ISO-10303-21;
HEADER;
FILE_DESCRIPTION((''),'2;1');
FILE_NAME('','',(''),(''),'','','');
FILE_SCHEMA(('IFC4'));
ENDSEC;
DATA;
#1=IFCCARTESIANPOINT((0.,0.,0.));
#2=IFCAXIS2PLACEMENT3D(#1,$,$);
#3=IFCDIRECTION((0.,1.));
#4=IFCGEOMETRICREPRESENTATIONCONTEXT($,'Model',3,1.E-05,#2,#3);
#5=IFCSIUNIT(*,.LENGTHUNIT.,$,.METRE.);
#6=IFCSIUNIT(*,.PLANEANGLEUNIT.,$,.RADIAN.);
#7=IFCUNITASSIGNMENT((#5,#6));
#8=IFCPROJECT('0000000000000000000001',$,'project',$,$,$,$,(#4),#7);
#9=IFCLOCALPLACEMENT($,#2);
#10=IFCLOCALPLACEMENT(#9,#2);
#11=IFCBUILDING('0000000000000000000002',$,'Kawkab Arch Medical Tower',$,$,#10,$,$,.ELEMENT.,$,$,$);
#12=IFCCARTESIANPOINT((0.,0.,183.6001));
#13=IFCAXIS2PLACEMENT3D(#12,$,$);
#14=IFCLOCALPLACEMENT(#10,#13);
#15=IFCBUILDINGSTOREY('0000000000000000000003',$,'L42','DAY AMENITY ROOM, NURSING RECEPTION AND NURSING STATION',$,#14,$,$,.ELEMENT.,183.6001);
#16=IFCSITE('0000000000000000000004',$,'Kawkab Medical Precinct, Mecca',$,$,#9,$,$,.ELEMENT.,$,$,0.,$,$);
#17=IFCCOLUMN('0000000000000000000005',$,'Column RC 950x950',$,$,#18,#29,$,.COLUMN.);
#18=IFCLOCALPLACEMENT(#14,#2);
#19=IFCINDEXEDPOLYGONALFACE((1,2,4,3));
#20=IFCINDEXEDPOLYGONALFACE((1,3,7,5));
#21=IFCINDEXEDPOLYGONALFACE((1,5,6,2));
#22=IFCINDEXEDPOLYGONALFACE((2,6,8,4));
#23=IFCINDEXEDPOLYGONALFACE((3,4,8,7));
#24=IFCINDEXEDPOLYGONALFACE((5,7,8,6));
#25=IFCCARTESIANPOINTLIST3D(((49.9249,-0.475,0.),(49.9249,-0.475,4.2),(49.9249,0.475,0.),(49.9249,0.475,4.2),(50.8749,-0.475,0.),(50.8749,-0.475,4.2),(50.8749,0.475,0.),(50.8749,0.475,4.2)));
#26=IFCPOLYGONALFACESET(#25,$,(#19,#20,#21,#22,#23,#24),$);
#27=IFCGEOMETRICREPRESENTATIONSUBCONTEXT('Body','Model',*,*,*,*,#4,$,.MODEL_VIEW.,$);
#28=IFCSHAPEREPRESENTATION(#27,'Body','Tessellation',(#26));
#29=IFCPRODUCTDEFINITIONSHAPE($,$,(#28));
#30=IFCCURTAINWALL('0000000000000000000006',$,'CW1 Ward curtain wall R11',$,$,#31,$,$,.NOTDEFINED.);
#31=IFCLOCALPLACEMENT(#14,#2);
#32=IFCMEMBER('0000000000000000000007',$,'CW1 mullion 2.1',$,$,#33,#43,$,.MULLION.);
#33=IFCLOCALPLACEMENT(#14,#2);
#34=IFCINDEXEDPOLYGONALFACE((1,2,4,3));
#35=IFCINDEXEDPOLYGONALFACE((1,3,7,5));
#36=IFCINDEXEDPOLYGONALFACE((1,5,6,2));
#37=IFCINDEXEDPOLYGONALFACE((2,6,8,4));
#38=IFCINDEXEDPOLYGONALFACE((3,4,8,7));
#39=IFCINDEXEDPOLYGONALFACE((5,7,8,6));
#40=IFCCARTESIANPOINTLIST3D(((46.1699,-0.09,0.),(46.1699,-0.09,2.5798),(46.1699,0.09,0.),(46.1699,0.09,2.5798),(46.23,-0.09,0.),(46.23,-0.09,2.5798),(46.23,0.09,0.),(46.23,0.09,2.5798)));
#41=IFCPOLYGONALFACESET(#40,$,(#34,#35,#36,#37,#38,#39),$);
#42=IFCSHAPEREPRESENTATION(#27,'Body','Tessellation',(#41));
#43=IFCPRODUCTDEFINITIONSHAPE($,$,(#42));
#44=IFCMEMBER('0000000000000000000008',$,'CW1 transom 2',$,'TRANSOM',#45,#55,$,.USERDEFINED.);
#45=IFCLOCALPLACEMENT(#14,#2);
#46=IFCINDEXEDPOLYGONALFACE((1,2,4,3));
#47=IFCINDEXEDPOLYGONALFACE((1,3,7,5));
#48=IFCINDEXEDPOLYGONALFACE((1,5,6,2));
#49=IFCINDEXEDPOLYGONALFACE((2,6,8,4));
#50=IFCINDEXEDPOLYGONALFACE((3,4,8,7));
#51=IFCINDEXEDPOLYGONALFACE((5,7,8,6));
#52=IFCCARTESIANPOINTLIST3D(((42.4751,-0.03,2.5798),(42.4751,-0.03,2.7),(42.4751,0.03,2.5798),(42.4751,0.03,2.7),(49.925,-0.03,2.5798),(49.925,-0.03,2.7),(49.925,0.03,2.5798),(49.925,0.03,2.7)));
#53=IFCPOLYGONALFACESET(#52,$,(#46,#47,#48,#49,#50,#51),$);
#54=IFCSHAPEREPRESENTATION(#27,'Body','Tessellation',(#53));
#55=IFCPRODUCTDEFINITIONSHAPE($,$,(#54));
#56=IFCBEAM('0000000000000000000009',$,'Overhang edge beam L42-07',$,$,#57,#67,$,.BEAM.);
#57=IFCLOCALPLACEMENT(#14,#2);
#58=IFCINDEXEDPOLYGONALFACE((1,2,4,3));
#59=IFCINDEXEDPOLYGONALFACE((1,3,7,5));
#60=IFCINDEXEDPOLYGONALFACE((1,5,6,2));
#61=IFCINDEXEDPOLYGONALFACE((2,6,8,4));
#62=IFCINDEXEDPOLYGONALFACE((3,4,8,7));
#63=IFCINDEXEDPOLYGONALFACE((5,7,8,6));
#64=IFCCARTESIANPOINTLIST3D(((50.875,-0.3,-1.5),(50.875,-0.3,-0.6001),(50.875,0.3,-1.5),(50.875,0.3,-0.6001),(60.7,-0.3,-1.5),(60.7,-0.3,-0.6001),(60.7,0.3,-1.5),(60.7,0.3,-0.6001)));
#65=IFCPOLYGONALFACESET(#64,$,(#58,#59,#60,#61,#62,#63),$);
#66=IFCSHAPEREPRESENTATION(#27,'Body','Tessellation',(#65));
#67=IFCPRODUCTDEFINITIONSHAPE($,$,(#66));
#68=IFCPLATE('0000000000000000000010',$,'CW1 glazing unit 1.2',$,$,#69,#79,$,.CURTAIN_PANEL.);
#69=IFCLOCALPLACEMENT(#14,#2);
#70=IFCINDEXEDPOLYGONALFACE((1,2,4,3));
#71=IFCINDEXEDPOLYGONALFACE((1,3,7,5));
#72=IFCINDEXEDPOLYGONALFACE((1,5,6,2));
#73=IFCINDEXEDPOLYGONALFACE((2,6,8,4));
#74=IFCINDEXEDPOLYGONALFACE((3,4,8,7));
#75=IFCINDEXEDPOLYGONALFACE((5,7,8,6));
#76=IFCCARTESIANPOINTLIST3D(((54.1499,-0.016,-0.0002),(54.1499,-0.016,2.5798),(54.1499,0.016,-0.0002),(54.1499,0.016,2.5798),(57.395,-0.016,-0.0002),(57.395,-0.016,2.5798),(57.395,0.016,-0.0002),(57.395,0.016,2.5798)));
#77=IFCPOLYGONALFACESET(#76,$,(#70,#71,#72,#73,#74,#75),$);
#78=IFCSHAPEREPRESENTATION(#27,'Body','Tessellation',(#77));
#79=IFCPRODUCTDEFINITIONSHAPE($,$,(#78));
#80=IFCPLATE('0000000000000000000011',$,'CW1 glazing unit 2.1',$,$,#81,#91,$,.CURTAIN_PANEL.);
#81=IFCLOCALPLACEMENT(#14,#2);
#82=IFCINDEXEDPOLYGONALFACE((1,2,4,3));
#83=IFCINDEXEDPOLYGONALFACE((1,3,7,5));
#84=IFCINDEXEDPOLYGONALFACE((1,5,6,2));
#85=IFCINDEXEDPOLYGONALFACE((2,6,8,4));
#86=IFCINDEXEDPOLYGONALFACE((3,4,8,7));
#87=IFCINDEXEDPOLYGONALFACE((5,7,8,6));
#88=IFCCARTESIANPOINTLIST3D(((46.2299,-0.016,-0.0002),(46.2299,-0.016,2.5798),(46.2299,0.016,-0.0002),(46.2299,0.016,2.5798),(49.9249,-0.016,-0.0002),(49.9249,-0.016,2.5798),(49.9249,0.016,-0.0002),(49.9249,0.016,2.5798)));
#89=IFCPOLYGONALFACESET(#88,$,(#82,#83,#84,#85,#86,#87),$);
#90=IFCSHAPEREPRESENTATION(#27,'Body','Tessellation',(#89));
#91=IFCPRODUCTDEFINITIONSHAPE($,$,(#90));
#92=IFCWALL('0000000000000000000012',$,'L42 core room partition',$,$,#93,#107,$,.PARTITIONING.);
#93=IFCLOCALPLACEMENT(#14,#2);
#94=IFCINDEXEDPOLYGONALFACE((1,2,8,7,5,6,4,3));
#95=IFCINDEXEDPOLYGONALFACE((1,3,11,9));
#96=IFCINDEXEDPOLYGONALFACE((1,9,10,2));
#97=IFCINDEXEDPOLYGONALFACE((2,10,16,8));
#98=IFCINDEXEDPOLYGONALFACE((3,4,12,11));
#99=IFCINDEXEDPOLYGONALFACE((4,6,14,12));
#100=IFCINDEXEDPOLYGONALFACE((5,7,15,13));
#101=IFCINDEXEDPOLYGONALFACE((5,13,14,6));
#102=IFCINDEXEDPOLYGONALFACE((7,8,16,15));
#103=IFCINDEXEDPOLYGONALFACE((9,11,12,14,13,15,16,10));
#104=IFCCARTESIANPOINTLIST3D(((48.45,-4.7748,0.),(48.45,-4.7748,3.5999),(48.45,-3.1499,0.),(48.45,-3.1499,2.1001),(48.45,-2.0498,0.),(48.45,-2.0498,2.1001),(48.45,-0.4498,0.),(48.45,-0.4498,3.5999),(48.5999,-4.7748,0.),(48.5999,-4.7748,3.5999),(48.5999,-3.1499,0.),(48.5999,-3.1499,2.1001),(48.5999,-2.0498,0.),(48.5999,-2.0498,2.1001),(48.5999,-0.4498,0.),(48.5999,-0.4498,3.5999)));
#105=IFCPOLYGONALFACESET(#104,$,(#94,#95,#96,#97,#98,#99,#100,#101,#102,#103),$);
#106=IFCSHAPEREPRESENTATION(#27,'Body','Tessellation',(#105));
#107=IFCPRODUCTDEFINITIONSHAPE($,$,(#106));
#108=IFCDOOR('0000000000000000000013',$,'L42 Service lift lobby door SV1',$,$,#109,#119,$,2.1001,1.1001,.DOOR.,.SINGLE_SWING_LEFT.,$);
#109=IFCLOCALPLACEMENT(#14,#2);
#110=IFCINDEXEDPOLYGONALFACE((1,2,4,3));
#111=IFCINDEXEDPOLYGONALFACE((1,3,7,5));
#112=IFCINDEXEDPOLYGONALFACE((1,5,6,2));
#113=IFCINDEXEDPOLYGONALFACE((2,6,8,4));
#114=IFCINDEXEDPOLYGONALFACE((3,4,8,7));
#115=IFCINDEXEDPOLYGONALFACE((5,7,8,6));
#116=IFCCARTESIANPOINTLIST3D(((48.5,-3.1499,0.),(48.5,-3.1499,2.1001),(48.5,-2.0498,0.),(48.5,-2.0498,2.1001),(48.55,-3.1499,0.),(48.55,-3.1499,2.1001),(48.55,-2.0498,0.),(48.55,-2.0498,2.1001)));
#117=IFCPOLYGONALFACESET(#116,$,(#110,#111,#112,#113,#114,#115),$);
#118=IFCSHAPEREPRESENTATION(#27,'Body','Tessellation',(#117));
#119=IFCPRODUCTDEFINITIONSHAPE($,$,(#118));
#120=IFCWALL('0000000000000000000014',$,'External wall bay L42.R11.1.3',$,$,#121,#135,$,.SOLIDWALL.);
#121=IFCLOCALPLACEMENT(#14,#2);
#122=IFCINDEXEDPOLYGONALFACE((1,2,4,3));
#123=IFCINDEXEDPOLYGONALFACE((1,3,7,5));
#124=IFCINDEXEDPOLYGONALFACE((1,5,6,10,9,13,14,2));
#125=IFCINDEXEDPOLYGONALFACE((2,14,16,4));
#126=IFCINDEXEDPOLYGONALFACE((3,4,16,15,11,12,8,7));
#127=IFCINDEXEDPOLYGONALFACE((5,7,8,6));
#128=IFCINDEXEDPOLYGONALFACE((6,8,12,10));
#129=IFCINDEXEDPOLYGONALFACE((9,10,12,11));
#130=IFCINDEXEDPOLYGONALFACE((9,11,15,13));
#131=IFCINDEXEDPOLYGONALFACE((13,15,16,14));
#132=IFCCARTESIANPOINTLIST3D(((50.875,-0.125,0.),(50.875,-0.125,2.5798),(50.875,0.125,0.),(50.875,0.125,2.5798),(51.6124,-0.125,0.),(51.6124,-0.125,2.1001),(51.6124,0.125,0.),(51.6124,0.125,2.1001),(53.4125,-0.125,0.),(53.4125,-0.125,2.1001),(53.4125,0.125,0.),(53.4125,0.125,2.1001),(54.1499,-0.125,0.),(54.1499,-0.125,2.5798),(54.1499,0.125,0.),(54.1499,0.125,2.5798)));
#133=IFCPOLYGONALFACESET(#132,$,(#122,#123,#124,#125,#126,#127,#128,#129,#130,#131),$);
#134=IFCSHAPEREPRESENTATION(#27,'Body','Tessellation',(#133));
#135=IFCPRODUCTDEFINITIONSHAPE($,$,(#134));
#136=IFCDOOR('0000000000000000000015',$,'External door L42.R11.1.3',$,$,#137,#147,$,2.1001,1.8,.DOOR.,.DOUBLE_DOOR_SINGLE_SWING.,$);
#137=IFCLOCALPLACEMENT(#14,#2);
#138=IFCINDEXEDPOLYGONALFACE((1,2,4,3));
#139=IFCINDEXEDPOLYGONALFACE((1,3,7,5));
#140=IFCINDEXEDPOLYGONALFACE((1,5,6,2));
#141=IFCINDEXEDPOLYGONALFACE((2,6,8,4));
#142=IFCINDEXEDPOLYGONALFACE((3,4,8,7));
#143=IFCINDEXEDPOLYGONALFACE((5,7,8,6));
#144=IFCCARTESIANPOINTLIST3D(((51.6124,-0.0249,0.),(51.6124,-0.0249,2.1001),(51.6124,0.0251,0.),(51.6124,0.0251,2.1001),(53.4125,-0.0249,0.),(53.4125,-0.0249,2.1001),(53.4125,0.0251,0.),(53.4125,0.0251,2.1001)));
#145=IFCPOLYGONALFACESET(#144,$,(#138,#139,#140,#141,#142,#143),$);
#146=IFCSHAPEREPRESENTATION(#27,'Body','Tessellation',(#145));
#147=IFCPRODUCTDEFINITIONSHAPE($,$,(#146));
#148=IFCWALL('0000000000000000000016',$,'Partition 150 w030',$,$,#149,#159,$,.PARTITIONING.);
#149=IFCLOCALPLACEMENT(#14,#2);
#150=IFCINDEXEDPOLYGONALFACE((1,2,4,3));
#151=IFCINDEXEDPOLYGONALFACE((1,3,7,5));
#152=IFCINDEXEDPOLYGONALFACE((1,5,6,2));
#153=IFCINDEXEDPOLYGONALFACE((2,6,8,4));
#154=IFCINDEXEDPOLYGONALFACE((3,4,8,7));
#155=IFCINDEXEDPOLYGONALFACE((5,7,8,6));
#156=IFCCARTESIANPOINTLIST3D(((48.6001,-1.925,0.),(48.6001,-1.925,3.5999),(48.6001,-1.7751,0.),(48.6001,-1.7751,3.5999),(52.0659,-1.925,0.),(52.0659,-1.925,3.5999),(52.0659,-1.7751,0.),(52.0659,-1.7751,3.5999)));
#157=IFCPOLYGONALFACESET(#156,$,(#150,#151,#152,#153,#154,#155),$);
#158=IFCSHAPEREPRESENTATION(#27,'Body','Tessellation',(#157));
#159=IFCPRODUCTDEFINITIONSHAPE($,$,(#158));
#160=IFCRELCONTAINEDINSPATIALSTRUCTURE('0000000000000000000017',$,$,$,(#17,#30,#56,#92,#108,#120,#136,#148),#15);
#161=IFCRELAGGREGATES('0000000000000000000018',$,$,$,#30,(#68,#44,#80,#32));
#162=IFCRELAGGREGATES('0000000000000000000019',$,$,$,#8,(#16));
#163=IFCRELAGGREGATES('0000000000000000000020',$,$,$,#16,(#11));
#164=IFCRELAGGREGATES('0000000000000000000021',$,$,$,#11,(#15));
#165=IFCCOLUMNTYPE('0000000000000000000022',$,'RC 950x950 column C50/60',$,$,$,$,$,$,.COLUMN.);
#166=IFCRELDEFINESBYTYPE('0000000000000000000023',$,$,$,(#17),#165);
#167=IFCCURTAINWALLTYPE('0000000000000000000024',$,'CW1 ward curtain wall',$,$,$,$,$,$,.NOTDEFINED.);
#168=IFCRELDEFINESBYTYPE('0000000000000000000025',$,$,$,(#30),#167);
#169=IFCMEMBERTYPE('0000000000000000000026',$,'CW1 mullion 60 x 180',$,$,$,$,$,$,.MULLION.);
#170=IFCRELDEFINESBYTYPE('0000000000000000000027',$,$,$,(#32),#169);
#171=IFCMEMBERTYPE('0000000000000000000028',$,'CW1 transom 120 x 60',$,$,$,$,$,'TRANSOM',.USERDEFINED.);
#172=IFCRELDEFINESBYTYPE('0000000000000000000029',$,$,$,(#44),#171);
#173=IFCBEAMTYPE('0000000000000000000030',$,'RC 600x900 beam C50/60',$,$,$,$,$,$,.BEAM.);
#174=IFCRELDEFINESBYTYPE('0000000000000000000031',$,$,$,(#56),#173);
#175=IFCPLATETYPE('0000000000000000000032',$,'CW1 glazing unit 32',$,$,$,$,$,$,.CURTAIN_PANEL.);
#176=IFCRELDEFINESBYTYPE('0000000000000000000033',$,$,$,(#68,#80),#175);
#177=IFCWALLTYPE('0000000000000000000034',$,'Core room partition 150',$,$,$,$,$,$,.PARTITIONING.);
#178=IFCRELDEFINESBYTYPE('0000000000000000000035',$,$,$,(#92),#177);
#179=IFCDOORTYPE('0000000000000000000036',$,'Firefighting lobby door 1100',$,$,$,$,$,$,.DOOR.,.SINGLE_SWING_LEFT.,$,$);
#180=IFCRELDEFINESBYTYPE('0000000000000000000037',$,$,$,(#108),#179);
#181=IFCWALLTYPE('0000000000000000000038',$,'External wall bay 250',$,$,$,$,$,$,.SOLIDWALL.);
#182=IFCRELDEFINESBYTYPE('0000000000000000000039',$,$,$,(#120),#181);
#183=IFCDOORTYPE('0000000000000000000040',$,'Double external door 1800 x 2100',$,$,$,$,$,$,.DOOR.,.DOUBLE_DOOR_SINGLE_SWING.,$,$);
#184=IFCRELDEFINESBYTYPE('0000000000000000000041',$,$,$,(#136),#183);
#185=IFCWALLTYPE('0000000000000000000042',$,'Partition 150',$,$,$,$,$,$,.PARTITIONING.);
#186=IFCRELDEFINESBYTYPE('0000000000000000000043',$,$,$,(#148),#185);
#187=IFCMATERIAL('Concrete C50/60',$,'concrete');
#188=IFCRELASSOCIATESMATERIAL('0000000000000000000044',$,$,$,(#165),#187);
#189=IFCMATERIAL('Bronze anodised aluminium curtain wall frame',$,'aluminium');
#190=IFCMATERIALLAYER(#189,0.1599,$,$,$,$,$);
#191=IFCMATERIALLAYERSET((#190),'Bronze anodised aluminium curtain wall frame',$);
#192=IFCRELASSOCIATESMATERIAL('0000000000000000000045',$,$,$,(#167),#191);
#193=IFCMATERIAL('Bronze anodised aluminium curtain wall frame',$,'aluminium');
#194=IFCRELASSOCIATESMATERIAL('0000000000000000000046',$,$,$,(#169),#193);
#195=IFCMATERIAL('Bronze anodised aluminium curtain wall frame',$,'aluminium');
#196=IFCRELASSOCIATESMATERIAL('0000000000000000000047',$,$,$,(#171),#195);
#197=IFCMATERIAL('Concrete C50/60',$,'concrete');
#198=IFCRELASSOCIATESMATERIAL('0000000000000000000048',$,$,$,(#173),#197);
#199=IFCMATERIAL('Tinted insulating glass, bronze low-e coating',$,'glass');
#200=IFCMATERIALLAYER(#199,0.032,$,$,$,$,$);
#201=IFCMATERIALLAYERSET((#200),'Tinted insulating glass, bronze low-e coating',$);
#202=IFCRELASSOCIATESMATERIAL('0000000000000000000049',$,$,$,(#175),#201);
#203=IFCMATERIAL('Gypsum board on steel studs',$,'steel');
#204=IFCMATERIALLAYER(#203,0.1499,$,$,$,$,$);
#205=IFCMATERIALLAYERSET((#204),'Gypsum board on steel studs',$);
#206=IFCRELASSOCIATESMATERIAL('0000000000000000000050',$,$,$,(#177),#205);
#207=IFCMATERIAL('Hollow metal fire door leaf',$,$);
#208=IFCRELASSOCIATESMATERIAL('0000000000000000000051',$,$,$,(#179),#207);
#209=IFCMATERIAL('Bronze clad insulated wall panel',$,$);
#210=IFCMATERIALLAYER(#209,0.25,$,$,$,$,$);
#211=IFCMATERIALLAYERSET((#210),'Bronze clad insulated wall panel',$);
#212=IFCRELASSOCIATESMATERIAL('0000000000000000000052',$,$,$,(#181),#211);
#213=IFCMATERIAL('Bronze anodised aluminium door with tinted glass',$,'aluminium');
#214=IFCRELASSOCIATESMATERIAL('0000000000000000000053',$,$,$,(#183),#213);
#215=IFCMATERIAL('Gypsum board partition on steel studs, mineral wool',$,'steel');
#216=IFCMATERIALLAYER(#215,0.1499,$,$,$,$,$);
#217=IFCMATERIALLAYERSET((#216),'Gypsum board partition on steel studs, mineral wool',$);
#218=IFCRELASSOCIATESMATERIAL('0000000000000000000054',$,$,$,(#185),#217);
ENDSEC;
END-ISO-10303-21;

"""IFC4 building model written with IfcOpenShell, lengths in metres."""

from ifc_helpers import new_model, si_unit, direction, frame, frame_2d, origin, origin_2d, place, context, subcontext, project, spatial, rectangle, extrude, material, layer, layer_set, material_profile, profile_set, type_object, element, fill, aggregate, save


model = new_model("IFC4")

# Units and contexts
model_context = context("Model", 3, precision=1e-05, world=origin(), true_north=direction((0.0, 1.0)))
body_context = subcontext(model_context, "Body", "Model", "MODEL_VIEW")
ifc_project = project(units=[si_unit("LENGTHUNIT", "METRE"), si_unit("PLANEANGLEUNIT", "RADIAN")], contexts=[model_context])

# Site, building, storey
site_placement = place(None, origin())
site = spatial("IfcSite", under=ifc_project, at=site_placement, Name="Kawkab Medical Precinct, Mecca", CompositionType="ELEMENT", RefElevation=0.0)
building_placement = place(site_placement, origin())
building = spatial("IfcBuilding", under=site, at=building_placement, Name="Kawkab Arch Medical Tower", CompositionType="ELEMENT")
storey_placement = place(building_placement, frame((0.0, 0.0, 183.6001)))
storey = spatial("IfcBuildingStorey", under=building, at=storey_placement, Name="L42", Description="DAY AMENITY ROOM, NURSING RECEPTION AND NURSING STATION", CompositionType="ELEMENT", Elevation=183.6001)

# Column
ifc_material_1 = material(Name="Concrete C50/60", Category="concrete")
ifc_material_profile_1 = material_profile(ifc_material_1, rectangle(XDim=0.95, YDim=0.95, at=origin_2d()), Name="RC 950x950")
ifc_profile_set_1 = profile_set([ifc_material_profile_1], Name="Concrete C50/60")
column_type = type_object("IfcColumnType", Name="RC 950x950 column C50/60", PredefinedType="COLUMN", material=ifc_profile_set_1)
column_placement = place(storey_placement, frame((50.3999, 0.0, 0.0), z_axis=(0.0, 0.0, 1.0), x_axis=(1.0, 0.0, 0.0)))
element("IfcColumn", 1, at=column_placement, inside=storey, type_object=column_type, Name="Column RC 950x950", PredefinedType="COLUMN", context=body_context, shape_type="SweptSolid", body=[
    extrude(rectangle(XDim=0.95, YDim=0.95, at=origin_2d()), origin(), (0.0, 0.0, 1.0), 4.2),
])

# Curtain wall, members
ifc_material_2 = material(Name="Bronze anodised aluminium curtain wall frame", Category="aluminium")
ifc_layer_1 = layer(ifc_material_2, 0.1599)
ifc_layer_set_1 = layer_set([ifc_layer_1], Name="Bronze anodised aluminium curtain wall frame")
curtain_wall_type = type_object("IfcCurtainWallType", Name="CW1 ward curtain wall", PredefinedType="NOTDEFINED", material=ifc_layer_set_1)
curtain_wall_placement = place(storey_placement, origin())
curtain_wall = element("IfcCurtainWall", 2, at=curtain_wall_placement, inside=storey, type_object=curtain_wall_type, Name="CW1 Ward curtain wall R11", PredefinedType="NOTDEFINED")
ifc_material_3 = material(Name="Bronze anodised aluminium curtain wall frame", Category="aluminium")
ifc_material_profile_2 = material_profile(ifc_material_3, rectangle(XDim=0.1799, YDim=0.0601, at=origin_2d()), Name="AL 60x180")
ifc_profile_set_2 = profile_set([ifc_material_profile_2], Name="Bronze anodised aluminium curtain wall frame")
member_type_1 = type_object("IfcMemberType", Name="CW1 mullion 60 x 180", PredefinedType="MULLION", material=ifc_profile_set_2)
member_1_placement = place(storey_placement, frame((46.2, 0.0, 0.0), z_axis=(0.0, 0.0, 1.0), x_axis=(0.0, -1.0, 0.0)))
member_1 = element("IfcMember", 3, at=member_1_placement, type_object=member_type_1, Name="CW1 mullion 2.1", PredefinedType="MULLION", context=body_context, shape_type="SweptSolid", body=[
    extrude(rectangle(XDim=0.1799, YDim=0.0601, at=origin_2d()), origin(), (0.0, 0.0, 1.0), 2.5798),
])
ifc_material_4 = material(Name="Bronze anodised aluminium curtain wall frame", Category="aluminium")
ifc_material_profile_3 = material_profile(ifc_material_4, rectangle(XDim=0.0601, YDim=0.1201, at=origin_2d()), Name="AL 60x120")
ifc_profile_set_3 = profile_set([ifc_material_profile_3], Name="Bronze anodised aluminium curtain wall frame")
member_type_2 = type_object("IfcMemberType", Name="CW1 transom 120 x 60", ElementType="TRANSOM", PredefinedType="USERDEFINED", material=ifc_profile_set_3)
member_2_placement = place(storey_placement, frame((49.925, 0.0, 2.6399), z_axis=(-1.0, 0.0, 0.0), x_axis=(0.0, -1.0, 0.0)))
member_2 = element("IfcMember", 4, at=member_2_placement, type_object=member_type_2, Name="CW1 transom 2", ObjectType="TRANSOM", PredefinedType="USERDEFINED", context=body_context, shape_type="SweptSolid", body=[
    extrude(rectangle(XDim=0.0601, YDim=0.1201, at=origin_2d()), origin(), (0.0, 0.0, 1.0), 7.45),
])

# Beam
ifc_material_5 = material(Name="Concrete C50/60", Category="concrete")
ifc_material_profile_4 = material_profile(ifc_material_5, rectangle(XDim=0.6001, YDim=0.8999, at=origin_2d()), Name="RC 600x900")
ifc_profile_set_4 = profile_set([ifc_material_profile_4], Name="Concrete C50/60")
beam_type = type_object("IfcBeamType", Name="RC 600x900 beam C50/60", PredefinedType="BEAM", material=ifc_profile_set_4)
beam_placement = place(storey_placement, frame((50.875, 0.0, -1.05), z_axis=(1.0, 0.0, 0.0), x_axis=(0.0, 1.0, 0.0)))
element("IfcBeam", 5, at=beam_placement, inside=storey, type_object=beam_type, Name="Overhang edge beam L42-07", PredefinedType="BEAM", context=body_context, shape_type="SweptSolid", body=[
    extrude(rectangle(XDim=0.6001, YDim=0.8999, at=origin_2d()), origin(), (0.0, 0.0, 1.0), 9.825),
])

# Plates
ifc_material_6 = material(Name="Tinted insulating glass, bronze low-e coating", Category="glass")
ifc_layer_2 = layer(ifc_material_6, 0.032)
ifc_layer_set_2 = layer_set([ifc_layer_2], Name="Tinted insulating glass, bronze low-e coating")
plate_type = type_object("IfcPlateType", Name="CW1 glazing unit 32", PredefinedType="CURTAIN_PANEL", material=ifc_layer_set_2)
plate_1_placement = place(storey_placement, frame((55.7725, 0.0, -0.0002), z_axis=(0.0, 0.0, 1.0), x_axis=(-1.0, 0.0, 0.0)))
plate_1 = element("IfcPlate", 6, at=plate_1_placement, type_object=plate_type, Name="CW1 glazing unit 1.2", PredefinedType="CURTAIN_PANEL", context=body_context, shape_type="SweptSolid", body=[
    extrude(rectangle(XDim=3.2451, YDim=0.032, at=origin_2d()), origin(), (0.0, 0.0, 1.0), 2.5801),
])
plate_2_placement = place(storey_placement, frame((48.0774, 0.0, -0.0002), z_axis=(0.0, 0.0, 1.0), x_axis=(-1.0, 0.0, 0.0)))
plate_2 = element("IfcPlate", 7, at=plate_2_placement, type_object=plate_type, Name="CW1 glazing unit 2.1", PredefinedType="CURTAIN_PANEL", context=body_context, shape_type="SweptSolid", body=[
    extrude(rectangle(XDim=3.6951, YDim=0.032, at=origin_2d()), origin(), (0.0, 0.0, 1.0), 2.5801),
])
aggregate(curtain_wall, [plate_1, member_2, plate_2, member_1])

# Walls, openings, doors
ifc_material_7 = material(Name="Gypsum board on steel studs", Category="steel")
ifc_layer_3 = layer(ifc_material_7, 0.1499)
ifc_layer_set_3 = layer_set([ifc_layer_3], Name="Gypsum board on steel studs")
wall_type_1 = type_object("IfcWallType", Name="Core room partition 150", PredefinedType="PARTITIONING", material=ifc_layer_set_3)
wall_1_placement = place(storey_placement, frame((48.5249, -4.7749, 0.0), z_axis=(0.0, 0.0, 1.0), x_axis=(0.0, 1.0, 0.0)))
wall_1 = element("IfcWall", 8, at=wall_1_placement, inside=storey, type_object=wall_type_1, Name="L42 core room partition", PredefinedType="PARTITIONING", context=body_context, shape_type="SweptSolid", body=[
    extrude(rectangle(XDim=4.325, YDim=0.1499, at=frame_2d((2.1626, 0.0))), origin(), (0.0, 0.0, 1.0), 3.5999),
])
opening_1_placement = place(wall_1_placement, frame((1.625, 0.0, 0.0)))
opening_1 = element("IfcOpeningElement", 9, at=opening_1_placement, cuts=wall_1, PredefinedType="OPENING", context=body_context, shape_type="SweptSolid", body=[
    extrude(rectangle(XDim=1.1001, YDim=2.1001, at=frame_2d((0.55, 1.05))), frame((0.0, 0.085, 0.0), z_axis=(0.0, -1.0, 0.0), x_axis=(1.0, 0.0, 0.0)), (0.0, 0.0, 1.0), 0.1699),
])
ifc_material_8 = material(Name="Hollow metal fire door leaf")
door_type_1 = type_object("IfcDoorType", Name="Firefighting lobby door 1100", OperationType="SINGLE_SWING_LEFT", PredefinedType="DOOR", material=ifc_material_8)
door_1_placement = place(opening_1_placement, origin())
door_1 = element("IfcDoor", 10, at=door_1_placement, inside=storey, type_object=door_type_1, Name="L42 Service lift lobby door SV1", OperationType="SINGLE_SWING_LEFT", OverallHeight=2.1001, OverallWidth=1.1001, PredefinedType="DOOR", context=body_context, shape_type="SweptSolid", body=[
    extrude(rectangle(XDim=1.1001, YDim=2.1001, at=frame_2d((0.55, 1.05))), frame((0.0, 0.0249, 0.0), z_axis=(0.0, -1.0, 0.0), x_axis=(1.0, 0.0, 0.0)), (0.0, 0.0, 1.0), 0.05),
])
fill(opening_1, door_1)
ifc_material_9 = material(Name="Bronze clad insulated wall panel")
ifc_layer_4 = layer(ifc_material_9, 0.25)
ifc_layer_set_4 = layer_set([ifc_layer_4], Name="Bronze clad insulated wall panel")
wall_type_2 = type_object("IfcWallType", Name="External wall bay 250", PredefinedType="SOLIDWALL", material=ifc_layer_set_4)
wall_2_placement = place(storey_placement, frame((54.1499, 0.0, 0.0), z_axis=(0.0, 0.0, 1.0), x_axis=(-1.0, 0.0, 0.0)))
wall_2 = element("IfcWall", 11, at=wall_2_placement, inside=storey, type_object=wall_type_2, Name="External wall bay L42.R11.1.3", PredefinedType="SOLIDWALL", context=body_context, shape_type="SweptSolid", body=[
    extrude(rectangle(XDim=3.2749, YDim=0.25, at=frame_2d((1.6375, 0.0))), origin(), (0.0, 0.0, 1.0), 2.5798),
])
opening_2_placement = place(wall_2_placement, frame((0.7375, 0.0, 0.0)))
opening_2 = element("IfcOpeningElement", 12, at=opening_2_placement, cuts=wall_2, PredefinedType="OPENING", context=body_context, shape_type="SweptSolid", body=[
    extrude(rectangle(XDim=1.8, YDim=2.1001, at=frame_2d((0.8999, 1.05))), frame((0.0, 0.135, 0.0), z_axis=(0.0, -1.0, 0.0), x_axis=(1.0, 0.0, 0.0)), (0.0, 0.0, 1.0), 0.27),
])
ifc_material_10 = material(Name="Bronze anodised aluminium door with tinted glass", Category="aluminium")
door_type_2 = type_object("IfcDoorType", Name="Double external door 1800 x 2100", OperationType="DOUBLE_DOOR_SINGLE_SWING", PredefinedType="DOOR", material=ifc_material_10)
door_2_placement = place(opening_2_placement, origin())
door_2 = element("IfcDoor", 13, at=door_2_placement, inside=storey, type_object=door_type_2, Name="External door L42.R11.1.3", OperationType="DOUBLE_DOOR_SINGLE_SWING", OverallHeight=2.1001, OverallWidth=1.8, PredefinedType="DOOR", context=body_context, shape_type="SweptSolid", body=[
    extrude(rectangle(XDim=1.8, YDim=2.1001, at=frame_2d((0.8999, 1.05))), frame((0.0, 0.0249, 0.0), z_axis=(0.0, -1.0, 0.0), x_axis=(1.0, 0.0, 0.0)), (0.0, 0.0, 1.0), 0.05),
])
fill(opening_2, door_2)

# Wall
ifc_material_11 = material(Name="Gypsum board partition on steel studs, mineral wool", Category="steel")
ifc_layer_5 = layer(ifc_material_11, 0.1499)
ifc_layer_set_5 = layer_set([ifc_layer_5], Name="Gypsum board partition on steel studs, mineral wool")
wall_type_3 = type_object("IfcWallType", Name="Partition 150", PredefinedType="PARTITIONING", material=ifc_layer_set_5)
wall_3_placement = place(storey_placement, frame((48.6001, -1.8501, 0.0), z_axis=(0.0, 0.0, 1.0), x_axis=(1.0, 0.0, 0.0)))
element("IfcWall", 14, at=wall_3_placement, inside=storey, type_object=wall_type_3, Name="Partition 150 w030", PredefinedType="PARTITIONING", context=body_context, shape_type="SweptSolid", body=[
    extrude(rectangle(XDim=3.4658, YDim=0.1499, at=frame_2d((1.7329, 0.0))), origin(), (0.0, 0.0, 1.0), 3.5999),
])

save(model, "model.ifc")
